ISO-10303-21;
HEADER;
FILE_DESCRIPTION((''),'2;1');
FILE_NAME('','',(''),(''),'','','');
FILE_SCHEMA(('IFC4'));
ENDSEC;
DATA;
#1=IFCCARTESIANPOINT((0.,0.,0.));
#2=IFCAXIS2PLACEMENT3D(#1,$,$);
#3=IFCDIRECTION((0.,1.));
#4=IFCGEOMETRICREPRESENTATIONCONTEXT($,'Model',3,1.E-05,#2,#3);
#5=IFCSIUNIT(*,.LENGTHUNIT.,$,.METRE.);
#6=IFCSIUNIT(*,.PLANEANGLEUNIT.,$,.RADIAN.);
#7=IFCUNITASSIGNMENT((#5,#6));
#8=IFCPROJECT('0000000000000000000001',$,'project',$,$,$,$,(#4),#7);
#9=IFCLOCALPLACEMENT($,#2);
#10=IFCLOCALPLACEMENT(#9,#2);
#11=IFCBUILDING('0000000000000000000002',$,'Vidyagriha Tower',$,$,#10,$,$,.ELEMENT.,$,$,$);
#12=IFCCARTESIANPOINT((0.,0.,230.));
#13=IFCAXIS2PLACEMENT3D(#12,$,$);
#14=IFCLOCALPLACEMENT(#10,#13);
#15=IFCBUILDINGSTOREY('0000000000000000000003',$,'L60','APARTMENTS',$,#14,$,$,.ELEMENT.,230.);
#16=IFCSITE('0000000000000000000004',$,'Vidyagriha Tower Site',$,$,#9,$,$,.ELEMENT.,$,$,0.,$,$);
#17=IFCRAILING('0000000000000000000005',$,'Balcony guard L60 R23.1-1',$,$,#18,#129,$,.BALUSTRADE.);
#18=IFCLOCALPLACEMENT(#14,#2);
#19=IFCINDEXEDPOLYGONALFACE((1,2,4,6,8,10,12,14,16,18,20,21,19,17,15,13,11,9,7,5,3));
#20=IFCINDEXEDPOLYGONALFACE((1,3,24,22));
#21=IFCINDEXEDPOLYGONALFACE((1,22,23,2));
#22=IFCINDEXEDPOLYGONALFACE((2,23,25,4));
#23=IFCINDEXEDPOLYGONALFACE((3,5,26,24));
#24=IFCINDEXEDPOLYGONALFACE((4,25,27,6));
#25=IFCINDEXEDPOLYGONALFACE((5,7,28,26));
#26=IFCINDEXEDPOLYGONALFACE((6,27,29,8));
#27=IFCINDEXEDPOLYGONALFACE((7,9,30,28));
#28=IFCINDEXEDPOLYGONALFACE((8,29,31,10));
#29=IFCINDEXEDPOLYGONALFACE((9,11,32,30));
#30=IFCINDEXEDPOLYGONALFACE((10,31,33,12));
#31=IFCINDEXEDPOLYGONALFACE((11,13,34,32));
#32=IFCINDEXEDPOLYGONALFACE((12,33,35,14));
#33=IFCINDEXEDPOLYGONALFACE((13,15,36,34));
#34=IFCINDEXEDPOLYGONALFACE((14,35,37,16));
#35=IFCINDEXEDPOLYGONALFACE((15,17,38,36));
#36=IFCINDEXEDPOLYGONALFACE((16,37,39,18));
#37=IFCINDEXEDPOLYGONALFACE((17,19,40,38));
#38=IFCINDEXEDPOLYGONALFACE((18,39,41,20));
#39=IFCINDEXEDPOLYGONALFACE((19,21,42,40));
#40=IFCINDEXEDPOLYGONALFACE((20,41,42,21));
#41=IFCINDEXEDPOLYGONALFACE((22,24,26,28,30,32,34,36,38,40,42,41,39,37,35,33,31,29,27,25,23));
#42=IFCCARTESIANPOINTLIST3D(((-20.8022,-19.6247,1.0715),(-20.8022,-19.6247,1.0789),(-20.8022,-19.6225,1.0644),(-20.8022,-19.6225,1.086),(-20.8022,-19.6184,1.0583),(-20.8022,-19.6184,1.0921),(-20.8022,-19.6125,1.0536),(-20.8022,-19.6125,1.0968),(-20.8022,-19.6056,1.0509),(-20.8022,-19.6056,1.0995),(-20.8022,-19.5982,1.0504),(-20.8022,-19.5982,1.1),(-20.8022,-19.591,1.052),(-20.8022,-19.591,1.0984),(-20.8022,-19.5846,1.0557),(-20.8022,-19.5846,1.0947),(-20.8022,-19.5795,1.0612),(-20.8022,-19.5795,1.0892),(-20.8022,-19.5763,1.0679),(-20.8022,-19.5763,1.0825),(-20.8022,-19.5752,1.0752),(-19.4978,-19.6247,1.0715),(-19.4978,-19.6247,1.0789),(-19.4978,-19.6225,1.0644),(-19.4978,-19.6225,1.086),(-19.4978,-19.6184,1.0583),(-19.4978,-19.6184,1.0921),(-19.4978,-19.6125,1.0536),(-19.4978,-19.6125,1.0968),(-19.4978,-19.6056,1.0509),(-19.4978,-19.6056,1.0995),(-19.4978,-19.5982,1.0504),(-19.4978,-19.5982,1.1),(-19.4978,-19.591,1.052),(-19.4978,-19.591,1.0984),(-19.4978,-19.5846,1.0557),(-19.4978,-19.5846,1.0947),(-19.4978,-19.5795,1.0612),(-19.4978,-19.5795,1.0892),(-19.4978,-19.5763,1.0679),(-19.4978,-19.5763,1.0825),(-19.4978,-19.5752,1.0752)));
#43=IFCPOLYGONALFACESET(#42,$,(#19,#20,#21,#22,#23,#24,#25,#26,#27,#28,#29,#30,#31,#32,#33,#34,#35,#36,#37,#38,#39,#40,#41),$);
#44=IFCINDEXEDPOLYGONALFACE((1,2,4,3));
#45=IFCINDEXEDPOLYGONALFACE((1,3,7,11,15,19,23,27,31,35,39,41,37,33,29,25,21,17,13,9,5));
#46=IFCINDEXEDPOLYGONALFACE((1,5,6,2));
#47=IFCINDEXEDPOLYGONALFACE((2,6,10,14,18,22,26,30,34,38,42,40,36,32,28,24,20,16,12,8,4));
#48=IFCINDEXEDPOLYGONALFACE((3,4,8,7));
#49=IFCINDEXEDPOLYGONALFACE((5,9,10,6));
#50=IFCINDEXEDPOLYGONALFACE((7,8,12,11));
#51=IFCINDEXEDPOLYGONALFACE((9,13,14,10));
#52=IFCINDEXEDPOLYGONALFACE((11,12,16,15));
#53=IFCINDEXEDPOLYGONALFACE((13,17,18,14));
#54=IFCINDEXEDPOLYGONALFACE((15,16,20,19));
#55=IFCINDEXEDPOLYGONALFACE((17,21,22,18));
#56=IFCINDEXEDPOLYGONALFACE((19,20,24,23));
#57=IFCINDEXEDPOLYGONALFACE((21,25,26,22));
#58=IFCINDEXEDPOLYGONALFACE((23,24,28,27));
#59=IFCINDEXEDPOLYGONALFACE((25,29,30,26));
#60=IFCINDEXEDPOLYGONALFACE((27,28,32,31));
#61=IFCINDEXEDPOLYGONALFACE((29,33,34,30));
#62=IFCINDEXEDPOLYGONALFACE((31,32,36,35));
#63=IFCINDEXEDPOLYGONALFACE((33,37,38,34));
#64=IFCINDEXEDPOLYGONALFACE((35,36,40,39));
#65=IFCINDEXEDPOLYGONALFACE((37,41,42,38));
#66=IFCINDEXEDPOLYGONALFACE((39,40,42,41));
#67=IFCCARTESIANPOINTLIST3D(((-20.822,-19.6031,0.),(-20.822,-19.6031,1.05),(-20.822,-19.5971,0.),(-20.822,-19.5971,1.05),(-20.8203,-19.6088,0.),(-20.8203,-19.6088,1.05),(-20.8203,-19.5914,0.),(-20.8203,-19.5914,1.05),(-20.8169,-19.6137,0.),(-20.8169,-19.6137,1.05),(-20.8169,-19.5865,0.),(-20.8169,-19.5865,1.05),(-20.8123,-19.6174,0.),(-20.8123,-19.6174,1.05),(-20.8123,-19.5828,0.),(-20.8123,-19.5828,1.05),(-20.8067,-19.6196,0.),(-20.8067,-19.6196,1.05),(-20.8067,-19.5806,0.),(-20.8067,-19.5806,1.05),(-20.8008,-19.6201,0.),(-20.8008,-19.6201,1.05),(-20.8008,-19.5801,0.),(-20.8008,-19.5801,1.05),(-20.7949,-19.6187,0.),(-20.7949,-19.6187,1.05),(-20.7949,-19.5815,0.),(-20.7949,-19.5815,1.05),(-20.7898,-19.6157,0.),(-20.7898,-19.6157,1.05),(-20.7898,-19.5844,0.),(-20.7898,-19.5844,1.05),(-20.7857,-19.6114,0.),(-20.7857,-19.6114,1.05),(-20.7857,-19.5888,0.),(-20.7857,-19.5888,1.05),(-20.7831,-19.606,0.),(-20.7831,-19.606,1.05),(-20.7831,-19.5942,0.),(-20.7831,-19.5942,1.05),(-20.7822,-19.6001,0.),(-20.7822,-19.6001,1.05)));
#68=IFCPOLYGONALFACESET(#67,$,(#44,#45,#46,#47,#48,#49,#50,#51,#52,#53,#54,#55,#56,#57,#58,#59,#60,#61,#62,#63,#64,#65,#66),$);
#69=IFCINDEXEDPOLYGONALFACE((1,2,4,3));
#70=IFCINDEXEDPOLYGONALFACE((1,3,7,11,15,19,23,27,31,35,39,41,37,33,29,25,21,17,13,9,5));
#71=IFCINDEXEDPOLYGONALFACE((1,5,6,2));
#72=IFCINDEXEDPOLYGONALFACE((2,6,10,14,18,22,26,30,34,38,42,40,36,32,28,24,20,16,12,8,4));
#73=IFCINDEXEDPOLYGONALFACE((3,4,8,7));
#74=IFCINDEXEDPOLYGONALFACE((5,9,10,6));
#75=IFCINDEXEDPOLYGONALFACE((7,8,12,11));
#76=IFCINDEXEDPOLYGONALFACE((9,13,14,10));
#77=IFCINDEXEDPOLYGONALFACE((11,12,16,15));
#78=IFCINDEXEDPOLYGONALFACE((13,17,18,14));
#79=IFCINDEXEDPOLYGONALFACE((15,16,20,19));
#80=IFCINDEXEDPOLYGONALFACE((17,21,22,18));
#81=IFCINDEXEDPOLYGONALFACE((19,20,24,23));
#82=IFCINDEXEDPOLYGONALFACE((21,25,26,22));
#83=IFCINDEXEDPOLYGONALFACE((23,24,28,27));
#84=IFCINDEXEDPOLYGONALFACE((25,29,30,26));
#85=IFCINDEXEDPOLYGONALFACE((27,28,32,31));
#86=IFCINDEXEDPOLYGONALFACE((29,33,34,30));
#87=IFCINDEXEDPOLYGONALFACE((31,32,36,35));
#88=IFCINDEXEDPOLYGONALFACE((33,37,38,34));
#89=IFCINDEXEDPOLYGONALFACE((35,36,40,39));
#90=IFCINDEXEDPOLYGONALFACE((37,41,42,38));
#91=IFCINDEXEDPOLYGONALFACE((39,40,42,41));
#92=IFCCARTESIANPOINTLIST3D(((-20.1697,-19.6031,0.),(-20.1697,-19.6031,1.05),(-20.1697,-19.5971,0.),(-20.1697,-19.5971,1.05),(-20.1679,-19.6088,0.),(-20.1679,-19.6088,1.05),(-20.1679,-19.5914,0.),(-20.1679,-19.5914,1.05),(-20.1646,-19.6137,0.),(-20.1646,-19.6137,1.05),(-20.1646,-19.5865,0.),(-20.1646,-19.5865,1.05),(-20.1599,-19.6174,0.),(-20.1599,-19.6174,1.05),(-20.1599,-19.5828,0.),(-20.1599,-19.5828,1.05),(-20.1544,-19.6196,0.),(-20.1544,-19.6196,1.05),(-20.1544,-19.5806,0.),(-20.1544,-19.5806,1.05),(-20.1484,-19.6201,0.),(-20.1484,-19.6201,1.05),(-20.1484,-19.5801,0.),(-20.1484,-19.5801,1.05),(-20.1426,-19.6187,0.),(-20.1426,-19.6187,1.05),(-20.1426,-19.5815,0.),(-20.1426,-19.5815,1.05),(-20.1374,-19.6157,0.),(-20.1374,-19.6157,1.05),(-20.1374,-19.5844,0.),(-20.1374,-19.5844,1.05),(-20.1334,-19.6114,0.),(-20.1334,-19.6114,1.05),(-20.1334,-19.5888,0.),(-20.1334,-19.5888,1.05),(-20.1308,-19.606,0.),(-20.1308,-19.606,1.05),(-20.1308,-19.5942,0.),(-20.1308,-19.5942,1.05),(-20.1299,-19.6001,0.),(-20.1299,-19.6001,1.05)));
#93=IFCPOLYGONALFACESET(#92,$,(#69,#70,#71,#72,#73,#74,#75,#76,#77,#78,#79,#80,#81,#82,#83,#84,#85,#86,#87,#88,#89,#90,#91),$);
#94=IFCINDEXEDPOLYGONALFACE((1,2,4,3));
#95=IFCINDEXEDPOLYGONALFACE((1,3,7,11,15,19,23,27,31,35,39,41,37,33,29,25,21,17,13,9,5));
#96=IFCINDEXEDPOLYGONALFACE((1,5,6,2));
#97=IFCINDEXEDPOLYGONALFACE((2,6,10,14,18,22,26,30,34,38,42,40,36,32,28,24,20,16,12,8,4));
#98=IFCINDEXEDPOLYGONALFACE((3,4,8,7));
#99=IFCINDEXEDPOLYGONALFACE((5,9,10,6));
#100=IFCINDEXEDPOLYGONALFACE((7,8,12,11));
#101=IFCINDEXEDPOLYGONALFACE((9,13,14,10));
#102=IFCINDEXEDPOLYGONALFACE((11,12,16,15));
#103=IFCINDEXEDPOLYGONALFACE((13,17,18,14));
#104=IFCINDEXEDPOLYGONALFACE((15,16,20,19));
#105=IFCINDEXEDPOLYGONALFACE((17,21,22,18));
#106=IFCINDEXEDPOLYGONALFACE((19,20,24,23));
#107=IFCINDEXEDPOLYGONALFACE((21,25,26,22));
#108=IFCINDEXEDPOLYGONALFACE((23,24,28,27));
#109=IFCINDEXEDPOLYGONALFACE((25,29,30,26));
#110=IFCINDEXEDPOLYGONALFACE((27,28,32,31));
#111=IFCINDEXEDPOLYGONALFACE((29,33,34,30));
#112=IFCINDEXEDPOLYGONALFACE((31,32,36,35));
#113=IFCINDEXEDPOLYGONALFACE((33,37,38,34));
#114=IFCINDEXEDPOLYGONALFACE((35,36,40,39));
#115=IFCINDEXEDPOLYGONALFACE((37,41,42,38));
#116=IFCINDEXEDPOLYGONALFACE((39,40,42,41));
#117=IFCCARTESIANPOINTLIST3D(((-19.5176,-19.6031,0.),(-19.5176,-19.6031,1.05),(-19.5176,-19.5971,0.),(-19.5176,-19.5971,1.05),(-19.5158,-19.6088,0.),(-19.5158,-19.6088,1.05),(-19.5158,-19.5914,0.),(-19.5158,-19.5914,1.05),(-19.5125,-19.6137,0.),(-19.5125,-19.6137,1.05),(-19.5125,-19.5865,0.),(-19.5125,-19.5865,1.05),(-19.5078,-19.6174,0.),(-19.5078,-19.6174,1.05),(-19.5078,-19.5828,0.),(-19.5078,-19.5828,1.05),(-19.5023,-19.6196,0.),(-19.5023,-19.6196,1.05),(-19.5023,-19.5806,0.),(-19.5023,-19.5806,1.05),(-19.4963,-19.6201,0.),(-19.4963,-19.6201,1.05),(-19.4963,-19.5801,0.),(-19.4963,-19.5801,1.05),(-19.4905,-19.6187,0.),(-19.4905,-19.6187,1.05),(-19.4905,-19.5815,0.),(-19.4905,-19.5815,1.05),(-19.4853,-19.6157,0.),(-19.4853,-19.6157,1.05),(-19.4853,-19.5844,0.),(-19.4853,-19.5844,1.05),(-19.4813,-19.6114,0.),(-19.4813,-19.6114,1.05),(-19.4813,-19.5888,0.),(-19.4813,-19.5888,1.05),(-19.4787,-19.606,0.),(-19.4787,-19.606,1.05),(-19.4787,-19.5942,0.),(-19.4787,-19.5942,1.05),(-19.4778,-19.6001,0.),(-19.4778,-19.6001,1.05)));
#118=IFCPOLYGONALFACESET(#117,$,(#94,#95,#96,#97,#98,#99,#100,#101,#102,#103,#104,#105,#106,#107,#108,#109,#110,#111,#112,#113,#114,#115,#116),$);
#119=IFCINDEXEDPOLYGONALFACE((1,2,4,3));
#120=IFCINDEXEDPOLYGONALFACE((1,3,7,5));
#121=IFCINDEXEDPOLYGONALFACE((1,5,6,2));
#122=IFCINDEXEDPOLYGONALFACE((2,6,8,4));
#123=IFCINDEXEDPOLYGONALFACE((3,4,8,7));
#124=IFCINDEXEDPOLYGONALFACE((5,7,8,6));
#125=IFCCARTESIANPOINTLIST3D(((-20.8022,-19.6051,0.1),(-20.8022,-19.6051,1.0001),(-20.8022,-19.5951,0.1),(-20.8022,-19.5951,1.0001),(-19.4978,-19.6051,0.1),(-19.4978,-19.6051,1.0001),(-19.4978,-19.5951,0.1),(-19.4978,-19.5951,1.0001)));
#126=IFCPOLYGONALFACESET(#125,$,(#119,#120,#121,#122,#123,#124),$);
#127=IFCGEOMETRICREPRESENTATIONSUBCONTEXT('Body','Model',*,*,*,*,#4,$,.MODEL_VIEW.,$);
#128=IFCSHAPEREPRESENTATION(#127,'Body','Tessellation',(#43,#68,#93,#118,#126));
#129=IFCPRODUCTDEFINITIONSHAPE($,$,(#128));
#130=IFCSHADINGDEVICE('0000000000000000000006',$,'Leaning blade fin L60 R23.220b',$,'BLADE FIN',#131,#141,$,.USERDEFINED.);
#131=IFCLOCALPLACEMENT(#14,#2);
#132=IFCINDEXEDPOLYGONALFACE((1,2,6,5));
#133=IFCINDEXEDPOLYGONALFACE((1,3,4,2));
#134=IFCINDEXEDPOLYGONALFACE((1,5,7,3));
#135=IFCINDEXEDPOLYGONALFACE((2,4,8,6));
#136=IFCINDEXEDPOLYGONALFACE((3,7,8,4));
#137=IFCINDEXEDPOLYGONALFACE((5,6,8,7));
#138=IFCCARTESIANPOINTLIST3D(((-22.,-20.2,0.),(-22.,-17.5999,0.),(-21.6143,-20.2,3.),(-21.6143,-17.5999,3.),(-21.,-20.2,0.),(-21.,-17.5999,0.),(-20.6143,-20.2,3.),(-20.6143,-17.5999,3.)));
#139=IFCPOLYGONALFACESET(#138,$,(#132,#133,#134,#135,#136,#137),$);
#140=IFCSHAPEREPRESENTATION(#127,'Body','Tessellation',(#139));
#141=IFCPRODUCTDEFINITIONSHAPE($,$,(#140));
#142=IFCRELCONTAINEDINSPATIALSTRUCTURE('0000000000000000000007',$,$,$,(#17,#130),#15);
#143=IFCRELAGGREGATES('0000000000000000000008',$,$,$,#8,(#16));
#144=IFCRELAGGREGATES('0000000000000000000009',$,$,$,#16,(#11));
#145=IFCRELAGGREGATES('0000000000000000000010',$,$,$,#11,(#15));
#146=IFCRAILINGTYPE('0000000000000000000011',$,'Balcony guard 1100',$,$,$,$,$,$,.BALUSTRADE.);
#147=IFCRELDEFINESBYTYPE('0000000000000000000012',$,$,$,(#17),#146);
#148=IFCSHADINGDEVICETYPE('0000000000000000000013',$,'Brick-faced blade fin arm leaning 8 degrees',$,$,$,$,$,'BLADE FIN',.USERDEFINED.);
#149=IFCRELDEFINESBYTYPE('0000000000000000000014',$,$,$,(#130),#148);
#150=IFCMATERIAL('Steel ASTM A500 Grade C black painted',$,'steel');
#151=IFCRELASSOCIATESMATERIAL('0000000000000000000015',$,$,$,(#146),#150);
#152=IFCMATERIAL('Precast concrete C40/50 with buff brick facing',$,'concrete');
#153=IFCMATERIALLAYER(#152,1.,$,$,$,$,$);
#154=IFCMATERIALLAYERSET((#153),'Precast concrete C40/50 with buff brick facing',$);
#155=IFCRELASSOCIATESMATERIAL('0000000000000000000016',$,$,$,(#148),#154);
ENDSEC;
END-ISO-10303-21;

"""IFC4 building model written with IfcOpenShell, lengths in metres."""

from ifc_helpers import new_model, si_unit, direction, frame, origin, origin_2d, place, context, subcontext, project, spatial, polyline, rectangle, circle, outline, extrude, material, layer, layer_set, type_object, element, save


model = new_model("IFC4")

# Units and contexts
model_context = context("Model", 3, precision=1e-05, world=origin(), true_north=direction((0.0, 1.0)))
body_context = subcontext(model_context, "Body", "Model", "MODEL_VIEW")
ifc_project = project(units=[si_unit("LENGTHUNIT", "METRE"), si_unit("PLANEANGLEUNIT", "RADIAN")], contexts=[model_context])

# Site, building, storey
site_placement = place(None, origin())
site = spatial("IfcSite", under=ifc_project, at=site_placement, Name="Vidyagriha Tower Site", CompositionType="ELEMENT", RefElevation=0.0)
building_placement = place(site_placement, origin())
building = spatial("IfcBuilding", under=site, at=building_placement, Name="Vidyagriha Tower", CompositionType="ELEMENT")
storey_placement = place(building_placement, frame((0.0, 0.0, 230.0)))
storey = spatial("IfcBuildingStorey", under=building, at=storey_placement, Name="L60", Description="APARTMENTS", CompositionType="ELEMENT", Elevation=230.0)

# Railing
ifc_material_1 = material(Name="Steel ASTM A500 Grade C black painted", Category="steel")
railing_type_1 = type_object("IfcRailingType", Name="Balcony guard 1100", PredefinedType="BALUSTRADE", material=ifc_material_1)
railing_1_placement = place(storey_placement, frame((-20.8022, -19.6001, 0.0)))
element("IfcRailing", 1, at=railing_1_placement, inside=storey, type_object=railing_type_1, Name="Balcony guard L60 R23.1-1", PredefinedType="BALUSTRADE", context=body_context, shape_type="SweptSolid", body=[
    extrude(circle(Radius=0.0249, at=origin_2d()), frame((0.0, 0.0, 1.0752), z_axis=(1.0, 0.0, 0.0), x_axis=(0.0, 1.0, 0.0)), (0.0, 0.0, 1.0), 1.3044),
    extrude(circle(Radius=0.02, at=origin_2d()), origin(), (0.0, 0.0, 1.0), 1.05),
    extrude(circle(Radius=0.02, at=origin_2d()), frame((0.6523, 0.0, 0.0)), (0.0, 0.0, 1.0), 1.05),
    extrude(circle(Radius=0.02, at=origin_2d()), frame((1.3044, 0.0, 0.0)), (0.0, 0.0, 1.0), 1.05),
    extrude(rectangle(XDim=0.01, YDim=0.9001, at=origin_2d()), frame((0.0, 0.0, 0.55), z_axis=(1.0, 0.0, 0.0), x_axis=(0.0, 1.0, 0.0)), (0.0, 0.0, 1.0), 1.3044),
])

# Shading device
ifc_material_2 = material(Name="Precast concrete C40/50 with buff brick facing", Category="concrete")
ifc_layer_1 = layer(ifc_material_2, 1.0)
ifc_layer_set_1 = layer_set([ifc_layer_1], Name="Precast concrete C40/50 with buff brick facing")
shading_device_type = type_object("IfcShadingDeviceType", Name="Brick-faced blade fin arm leaning 8 degrees", ElementType="BLADE FIN", PredefinedType="USERDEFINED", material=ifc_layer_set_1)
shading_device_placement = place(storey_placement, frame((-22.0, -18.8999, 0.0)))
element("IfcShadingDevice", 2, at=shading_device_placement, inside=storey, type_object=shading_device_type, Name="Leaning blade fin L60 R23.220b", ObjectType="BLADE FIN", PredefinedType="USERDEFINED", context=body_context, shape_type="SweptSolid", body=[
    extrude(outline(polyline([(0.0, 0.0), (1.0, 0.0), (1.3857, 3.0), (0.3857, 3.0), (0.0, 0.0)])), frame((0.0, 1.3, 0.0), z_axis=(0.0, -1.0, 0.0), x_axis=(1.0, 0.0, 0.0)), (0.0, 0.0, 1.0), 2.6001),
])

save(model, "model.ifc")
